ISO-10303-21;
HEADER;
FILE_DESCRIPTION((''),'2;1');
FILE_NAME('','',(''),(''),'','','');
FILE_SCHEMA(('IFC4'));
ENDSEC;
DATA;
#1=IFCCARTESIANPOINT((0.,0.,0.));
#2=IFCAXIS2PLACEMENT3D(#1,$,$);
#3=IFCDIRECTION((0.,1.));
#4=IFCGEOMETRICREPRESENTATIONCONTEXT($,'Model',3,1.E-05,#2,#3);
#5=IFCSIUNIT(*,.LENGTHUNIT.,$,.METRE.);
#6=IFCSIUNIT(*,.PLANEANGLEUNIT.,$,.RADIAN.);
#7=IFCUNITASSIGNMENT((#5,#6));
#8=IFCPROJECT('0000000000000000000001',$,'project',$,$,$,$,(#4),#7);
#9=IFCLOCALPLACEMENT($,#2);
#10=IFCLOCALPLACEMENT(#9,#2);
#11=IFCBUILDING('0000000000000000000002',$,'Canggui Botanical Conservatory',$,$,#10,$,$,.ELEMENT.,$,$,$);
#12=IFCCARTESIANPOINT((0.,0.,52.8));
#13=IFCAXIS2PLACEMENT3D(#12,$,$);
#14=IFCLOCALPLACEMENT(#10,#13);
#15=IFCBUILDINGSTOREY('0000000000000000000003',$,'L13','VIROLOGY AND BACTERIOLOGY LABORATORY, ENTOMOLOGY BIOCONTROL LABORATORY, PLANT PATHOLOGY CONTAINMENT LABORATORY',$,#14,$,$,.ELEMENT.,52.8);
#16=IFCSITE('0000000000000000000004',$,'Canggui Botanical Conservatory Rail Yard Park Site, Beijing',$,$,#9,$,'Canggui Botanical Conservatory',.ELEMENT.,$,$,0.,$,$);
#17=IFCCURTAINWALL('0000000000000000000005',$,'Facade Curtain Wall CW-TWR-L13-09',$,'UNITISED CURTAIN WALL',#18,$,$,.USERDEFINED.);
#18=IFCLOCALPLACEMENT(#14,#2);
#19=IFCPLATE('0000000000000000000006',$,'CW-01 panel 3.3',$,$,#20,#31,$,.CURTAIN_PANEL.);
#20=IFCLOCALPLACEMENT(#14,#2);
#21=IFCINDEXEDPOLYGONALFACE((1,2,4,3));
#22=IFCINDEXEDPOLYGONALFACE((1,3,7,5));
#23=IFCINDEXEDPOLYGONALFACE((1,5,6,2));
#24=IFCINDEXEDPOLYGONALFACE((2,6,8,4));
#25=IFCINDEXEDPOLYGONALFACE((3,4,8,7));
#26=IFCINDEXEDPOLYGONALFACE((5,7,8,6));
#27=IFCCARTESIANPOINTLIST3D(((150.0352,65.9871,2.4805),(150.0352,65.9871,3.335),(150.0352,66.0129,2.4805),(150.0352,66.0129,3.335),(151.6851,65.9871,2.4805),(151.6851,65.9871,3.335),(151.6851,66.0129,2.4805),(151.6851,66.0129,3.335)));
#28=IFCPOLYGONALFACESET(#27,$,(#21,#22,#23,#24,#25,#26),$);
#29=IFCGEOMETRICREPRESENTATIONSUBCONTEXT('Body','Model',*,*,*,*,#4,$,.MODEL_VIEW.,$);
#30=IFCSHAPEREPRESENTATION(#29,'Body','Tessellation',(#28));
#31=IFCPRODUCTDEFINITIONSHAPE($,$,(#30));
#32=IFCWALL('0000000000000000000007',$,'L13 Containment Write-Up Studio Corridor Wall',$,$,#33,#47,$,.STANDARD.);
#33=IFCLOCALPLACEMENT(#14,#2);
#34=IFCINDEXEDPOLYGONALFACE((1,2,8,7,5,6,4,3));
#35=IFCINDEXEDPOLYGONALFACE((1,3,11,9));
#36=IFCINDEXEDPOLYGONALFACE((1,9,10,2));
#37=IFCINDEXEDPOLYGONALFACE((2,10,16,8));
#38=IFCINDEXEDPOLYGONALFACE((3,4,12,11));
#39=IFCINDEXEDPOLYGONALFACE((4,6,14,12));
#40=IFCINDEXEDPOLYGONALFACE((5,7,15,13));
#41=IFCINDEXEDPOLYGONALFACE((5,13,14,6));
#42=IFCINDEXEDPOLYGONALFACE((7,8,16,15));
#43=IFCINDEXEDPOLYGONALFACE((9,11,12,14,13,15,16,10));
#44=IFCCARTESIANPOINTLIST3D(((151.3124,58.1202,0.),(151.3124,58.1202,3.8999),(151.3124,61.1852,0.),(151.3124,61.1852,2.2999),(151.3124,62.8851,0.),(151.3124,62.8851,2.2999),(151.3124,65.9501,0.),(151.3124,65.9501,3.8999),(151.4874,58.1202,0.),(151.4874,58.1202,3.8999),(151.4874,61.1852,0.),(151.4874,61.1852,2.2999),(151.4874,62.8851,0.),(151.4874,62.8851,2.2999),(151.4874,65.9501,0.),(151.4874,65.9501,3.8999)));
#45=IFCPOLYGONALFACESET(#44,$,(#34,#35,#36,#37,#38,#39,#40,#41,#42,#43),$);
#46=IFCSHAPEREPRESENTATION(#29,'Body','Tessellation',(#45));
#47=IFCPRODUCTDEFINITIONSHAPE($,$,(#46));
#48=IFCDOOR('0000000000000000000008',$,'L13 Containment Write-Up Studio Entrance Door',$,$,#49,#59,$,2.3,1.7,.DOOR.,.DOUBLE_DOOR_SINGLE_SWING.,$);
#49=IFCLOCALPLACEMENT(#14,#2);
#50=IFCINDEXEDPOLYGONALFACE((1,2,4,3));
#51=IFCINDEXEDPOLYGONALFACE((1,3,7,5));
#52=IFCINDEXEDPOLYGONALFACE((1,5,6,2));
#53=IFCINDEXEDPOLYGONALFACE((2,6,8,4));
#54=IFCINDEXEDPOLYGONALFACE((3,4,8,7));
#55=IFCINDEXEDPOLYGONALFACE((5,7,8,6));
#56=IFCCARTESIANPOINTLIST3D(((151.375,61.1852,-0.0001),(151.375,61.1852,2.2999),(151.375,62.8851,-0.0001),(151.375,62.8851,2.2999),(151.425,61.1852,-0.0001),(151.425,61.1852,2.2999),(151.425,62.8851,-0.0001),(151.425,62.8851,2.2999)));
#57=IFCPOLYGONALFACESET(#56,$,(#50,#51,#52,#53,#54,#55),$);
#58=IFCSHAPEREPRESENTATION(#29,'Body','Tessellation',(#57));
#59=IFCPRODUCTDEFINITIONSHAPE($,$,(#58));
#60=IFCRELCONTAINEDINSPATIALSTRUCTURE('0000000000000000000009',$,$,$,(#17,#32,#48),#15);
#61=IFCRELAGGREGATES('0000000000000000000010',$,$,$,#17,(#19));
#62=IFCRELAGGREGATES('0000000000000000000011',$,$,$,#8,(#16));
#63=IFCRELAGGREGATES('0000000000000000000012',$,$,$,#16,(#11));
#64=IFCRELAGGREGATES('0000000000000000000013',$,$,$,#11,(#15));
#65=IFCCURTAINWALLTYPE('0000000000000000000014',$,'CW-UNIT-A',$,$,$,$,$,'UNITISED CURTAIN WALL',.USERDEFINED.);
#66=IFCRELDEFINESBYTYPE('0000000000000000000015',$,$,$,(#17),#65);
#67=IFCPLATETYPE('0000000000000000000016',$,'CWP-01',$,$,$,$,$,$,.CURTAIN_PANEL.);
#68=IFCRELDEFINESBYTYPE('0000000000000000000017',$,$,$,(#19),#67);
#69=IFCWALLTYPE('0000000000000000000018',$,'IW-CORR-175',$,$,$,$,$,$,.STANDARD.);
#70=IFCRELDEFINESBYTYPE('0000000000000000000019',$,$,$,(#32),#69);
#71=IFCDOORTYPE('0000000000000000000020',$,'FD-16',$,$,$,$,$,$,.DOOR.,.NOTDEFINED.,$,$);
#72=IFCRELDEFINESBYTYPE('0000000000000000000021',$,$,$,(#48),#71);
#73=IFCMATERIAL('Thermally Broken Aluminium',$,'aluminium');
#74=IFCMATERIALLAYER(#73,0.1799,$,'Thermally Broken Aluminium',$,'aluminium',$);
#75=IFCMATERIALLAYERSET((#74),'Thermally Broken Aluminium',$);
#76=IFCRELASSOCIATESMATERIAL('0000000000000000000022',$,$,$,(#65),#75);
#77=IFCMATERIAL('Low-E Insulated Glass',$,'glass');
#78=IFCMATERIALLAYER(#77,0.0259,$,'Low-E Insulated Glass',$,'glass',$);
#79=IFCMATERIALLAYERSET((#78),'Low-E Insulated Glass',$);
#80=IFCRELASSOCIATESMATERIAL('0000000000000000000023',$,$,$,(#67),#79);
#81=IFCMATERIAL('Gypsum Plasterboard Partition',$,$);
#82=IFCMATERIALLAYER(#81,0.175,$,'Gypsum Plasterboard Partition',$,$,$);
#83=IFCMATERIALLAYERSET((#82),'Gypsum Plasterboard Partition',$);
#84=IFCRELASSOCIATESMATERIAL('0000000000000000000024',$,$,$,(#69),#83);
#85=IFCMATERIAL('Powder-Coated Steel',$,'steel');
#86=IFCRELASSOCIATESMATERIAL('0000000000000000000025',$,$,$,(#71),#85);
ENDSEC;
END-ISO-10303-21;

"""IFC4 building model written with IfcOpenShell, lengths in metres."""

from ifc_helpers import new_model, si_unit, direction, frame, frame_2d, origin, origin_2d, place, context, subcontext, project, spatial, rectangle, extrude, material, layer, layer_set, type_object, element, fill, aggregate, save


model = new_model("IFC4")

# Units and contexts
model_context = context("Model", 3, precision=1e-05, world=origin(), true_north=direction((0.0, 1.0)))
body_context = subcontext(model_context, "Body", "Model", "MODEL_VIEW")
ifc_project = project(units=[si_unit("LENGTHUNIT", "METRE"), si_unit("PLANEANGLEUNIT", "RADIAN")], contexts=[model_context])

# Site, building, storey
site_placement = place(None, origin())
site = spatial("IfcSite", under=ifc_project, at=site_placement, Name="Canggui Botanical Conservatory Rail Yard Park Site, Beijing", LongName="Canggui Botanical Conservatory", CompositionType="ELEMENT", RefElevation=0.0)
building_placement = place(site_placement, origin())
building = spatial("IfcBuilding", under=site, at=building_placement, Name="Canggui Botanical Conservatory", CompositionType="ELEMENT")
storey_placement = place(building_placement, frame((0.0, 0.0, 52.8)))
storey = spatial("IfcBuildingStorey", under=building, at=storey_placement, Name="L13", Description="VIROLOGY AND BACTERIOLOGY LABORATORY, ENTOMOLOGY BIOCONTROL LABORATORY, PLANT PATHOLOGY CONTAINMENT LABORATORY", CompositionType="ELEMENT", Elevation=52.8)

# Curtain wall, plate
ifc_material_1 = material(Name="Thermally Broken Aluminium", Category="aluminium")
ifc_layer_1 = layer(ifc_material_1, 0.1799, Name="Thermally Broken Aluminium", Category="aluminium")
ifc_layer_set_1 = layer_set([ifc_layer_1], Name="Thermally Broken Aluminium")
curtain_wall_type = type_object("IfcCurtainWallType", Name="CW-UNIT-A", ElementType="UNITISED CURTAIN WALL", PredefinedType="USERDEFINED", material=ifc_layer_set_1)
curtain_wall_placement = place(storey_placement, origin())
curtain_wall = element("IfcCurtainWall", 1, at=curtain_wall_placement, inside=storey, type_object=curtain_wall_type, Name="Facade Curtain Wall CW-TWR-L13-09", ObjectType="UNITISED CURTAIN WALL", PredefinedType="USERDEFINED")
ifc_material_2 = material(Name="Low-E Insulated Glass", Category="glass")
ifc_layer_2 = layer(ifc_material_2, 0.0259, Name="Low-E Insulated Glass", Category="glass")
ifc_layer_set_2 = layer_set([ifc_layer_2], Name="Low-E Insulated Glass")
plate_type = type_object("IfcPlateType", Name="CWP-01", PredefinedType="CURTAIN_PANEL", material=ifc_layer_set_2)
plate_1_placement = place(storey_placement, frame((150.8601, 66.0, 2.4805), z_axis=(0.0, 0.0, 1.0), x_axis=(1.0, 0.0, 0.0)))
plate_1 = element("IfcPlate", 2, at=plate_1_placement, type_object=plate_type, Name="CW-01 panel 3.3", PredefinedType="CURTAIN_PANEL", context=body_context, shape_type="SweptSolid", body=[
    extrude(rectangle(XDim=1.6499, YDim=0.0259, at=origin_2d()), origin(), (0.0, 0.0, 1.0), 0.8545),
])
aggregate(curtain_wall, [plate_1])

# Wall, opening, door
ifc_material_3 = material(Name="Gypsum Plasterboard Partition")
ifc_layer_3 = layer(ifc_material_3, 0.175, Name="Gypsum Plasterboard Partition")
ifc_layer_set_3 = layer_set([ifc_layer_3], Name="Gypsum Plasterboard Partition")
wall_type = type_object("IfcWallType", Name="IW-CORR-175", PredefinedType="STANDARD", material=ifc_layer_set_3)
wall_placement = place(storey_placement, frame((151.3999, 58.1201, 0.0), z_axis=(0.0, 0.0, 1.0), x_axis=(0.0, 1.0, 0.0)))
wall = element("IfcWall", 3, at=wall_placement, inside=storey, type_object=wall_type, Name="L13 Containment Write-Up Studio Corridor Wall", PredefinedType="STANDARD", context=body_context, shape_type="SweptSolid", body=[
    extrude(rectangle(XDim=7.8298, YDim=0.175, at=frame_2d((3.915, 0.0))), origin(), (0.0, 0.0, 1.0), 3.8999),
])
opening_placement = place(wall_placement, frame((3.0649, 0.0, 0.0)))
opening = element("IfcOpeningElement", 4, at=opening_placement, cuts=wall, PredefinedType="OPENING", context=body_context, shape_type="SweptSolid", body=[
    extrude(rectangle(XDim=1.7, YDim=2.3, at=frame_2d((0.8501, 1.1499))), frame((0.0, 0.0977, 0.0), z_axis=(0.0, -1.0, 0.0), x_axis=(1.0, 0.0, 0.0)), (0.0, 0.0, 1.0), 0.1951),
])
ifc_material_4 = material(Name="Powder-Coated Steel", Category="steel")
door_type = type_object("IfcDoorType", Name="FD-16", OperationType="NOTDEFINED", PredefinedType="DOOR", material=ifc_material_4)
door_placement = place(opening_placement, origin())
door = element("IfcDoor", 5, at=door_placement, inside=storey, type_object=door_type, Name="L13 Containment Write-Up Studio Entrance Door", OperationType="DOUBLE_DOOR_SINGLE_SWING", OverallHeight=2.3, OverallWidth=1.7, PredefinedType="DOOR", context=body_context, shape_type="SweptSolid", body=[
    extrude(rectangle(XDim=1.7, YDim=2.3, at=frame_2d((0.8501, 1.1499))), frame((0.0, 0.0249, 0.0), z_axis=(0.0, -1.0, 0.0), x_axis=(1.0, 0.0, 0.0)), (0.0, 0.0, 1.0), 0.05),
])
fill(opening, door)

save(model, "model.ifc")
